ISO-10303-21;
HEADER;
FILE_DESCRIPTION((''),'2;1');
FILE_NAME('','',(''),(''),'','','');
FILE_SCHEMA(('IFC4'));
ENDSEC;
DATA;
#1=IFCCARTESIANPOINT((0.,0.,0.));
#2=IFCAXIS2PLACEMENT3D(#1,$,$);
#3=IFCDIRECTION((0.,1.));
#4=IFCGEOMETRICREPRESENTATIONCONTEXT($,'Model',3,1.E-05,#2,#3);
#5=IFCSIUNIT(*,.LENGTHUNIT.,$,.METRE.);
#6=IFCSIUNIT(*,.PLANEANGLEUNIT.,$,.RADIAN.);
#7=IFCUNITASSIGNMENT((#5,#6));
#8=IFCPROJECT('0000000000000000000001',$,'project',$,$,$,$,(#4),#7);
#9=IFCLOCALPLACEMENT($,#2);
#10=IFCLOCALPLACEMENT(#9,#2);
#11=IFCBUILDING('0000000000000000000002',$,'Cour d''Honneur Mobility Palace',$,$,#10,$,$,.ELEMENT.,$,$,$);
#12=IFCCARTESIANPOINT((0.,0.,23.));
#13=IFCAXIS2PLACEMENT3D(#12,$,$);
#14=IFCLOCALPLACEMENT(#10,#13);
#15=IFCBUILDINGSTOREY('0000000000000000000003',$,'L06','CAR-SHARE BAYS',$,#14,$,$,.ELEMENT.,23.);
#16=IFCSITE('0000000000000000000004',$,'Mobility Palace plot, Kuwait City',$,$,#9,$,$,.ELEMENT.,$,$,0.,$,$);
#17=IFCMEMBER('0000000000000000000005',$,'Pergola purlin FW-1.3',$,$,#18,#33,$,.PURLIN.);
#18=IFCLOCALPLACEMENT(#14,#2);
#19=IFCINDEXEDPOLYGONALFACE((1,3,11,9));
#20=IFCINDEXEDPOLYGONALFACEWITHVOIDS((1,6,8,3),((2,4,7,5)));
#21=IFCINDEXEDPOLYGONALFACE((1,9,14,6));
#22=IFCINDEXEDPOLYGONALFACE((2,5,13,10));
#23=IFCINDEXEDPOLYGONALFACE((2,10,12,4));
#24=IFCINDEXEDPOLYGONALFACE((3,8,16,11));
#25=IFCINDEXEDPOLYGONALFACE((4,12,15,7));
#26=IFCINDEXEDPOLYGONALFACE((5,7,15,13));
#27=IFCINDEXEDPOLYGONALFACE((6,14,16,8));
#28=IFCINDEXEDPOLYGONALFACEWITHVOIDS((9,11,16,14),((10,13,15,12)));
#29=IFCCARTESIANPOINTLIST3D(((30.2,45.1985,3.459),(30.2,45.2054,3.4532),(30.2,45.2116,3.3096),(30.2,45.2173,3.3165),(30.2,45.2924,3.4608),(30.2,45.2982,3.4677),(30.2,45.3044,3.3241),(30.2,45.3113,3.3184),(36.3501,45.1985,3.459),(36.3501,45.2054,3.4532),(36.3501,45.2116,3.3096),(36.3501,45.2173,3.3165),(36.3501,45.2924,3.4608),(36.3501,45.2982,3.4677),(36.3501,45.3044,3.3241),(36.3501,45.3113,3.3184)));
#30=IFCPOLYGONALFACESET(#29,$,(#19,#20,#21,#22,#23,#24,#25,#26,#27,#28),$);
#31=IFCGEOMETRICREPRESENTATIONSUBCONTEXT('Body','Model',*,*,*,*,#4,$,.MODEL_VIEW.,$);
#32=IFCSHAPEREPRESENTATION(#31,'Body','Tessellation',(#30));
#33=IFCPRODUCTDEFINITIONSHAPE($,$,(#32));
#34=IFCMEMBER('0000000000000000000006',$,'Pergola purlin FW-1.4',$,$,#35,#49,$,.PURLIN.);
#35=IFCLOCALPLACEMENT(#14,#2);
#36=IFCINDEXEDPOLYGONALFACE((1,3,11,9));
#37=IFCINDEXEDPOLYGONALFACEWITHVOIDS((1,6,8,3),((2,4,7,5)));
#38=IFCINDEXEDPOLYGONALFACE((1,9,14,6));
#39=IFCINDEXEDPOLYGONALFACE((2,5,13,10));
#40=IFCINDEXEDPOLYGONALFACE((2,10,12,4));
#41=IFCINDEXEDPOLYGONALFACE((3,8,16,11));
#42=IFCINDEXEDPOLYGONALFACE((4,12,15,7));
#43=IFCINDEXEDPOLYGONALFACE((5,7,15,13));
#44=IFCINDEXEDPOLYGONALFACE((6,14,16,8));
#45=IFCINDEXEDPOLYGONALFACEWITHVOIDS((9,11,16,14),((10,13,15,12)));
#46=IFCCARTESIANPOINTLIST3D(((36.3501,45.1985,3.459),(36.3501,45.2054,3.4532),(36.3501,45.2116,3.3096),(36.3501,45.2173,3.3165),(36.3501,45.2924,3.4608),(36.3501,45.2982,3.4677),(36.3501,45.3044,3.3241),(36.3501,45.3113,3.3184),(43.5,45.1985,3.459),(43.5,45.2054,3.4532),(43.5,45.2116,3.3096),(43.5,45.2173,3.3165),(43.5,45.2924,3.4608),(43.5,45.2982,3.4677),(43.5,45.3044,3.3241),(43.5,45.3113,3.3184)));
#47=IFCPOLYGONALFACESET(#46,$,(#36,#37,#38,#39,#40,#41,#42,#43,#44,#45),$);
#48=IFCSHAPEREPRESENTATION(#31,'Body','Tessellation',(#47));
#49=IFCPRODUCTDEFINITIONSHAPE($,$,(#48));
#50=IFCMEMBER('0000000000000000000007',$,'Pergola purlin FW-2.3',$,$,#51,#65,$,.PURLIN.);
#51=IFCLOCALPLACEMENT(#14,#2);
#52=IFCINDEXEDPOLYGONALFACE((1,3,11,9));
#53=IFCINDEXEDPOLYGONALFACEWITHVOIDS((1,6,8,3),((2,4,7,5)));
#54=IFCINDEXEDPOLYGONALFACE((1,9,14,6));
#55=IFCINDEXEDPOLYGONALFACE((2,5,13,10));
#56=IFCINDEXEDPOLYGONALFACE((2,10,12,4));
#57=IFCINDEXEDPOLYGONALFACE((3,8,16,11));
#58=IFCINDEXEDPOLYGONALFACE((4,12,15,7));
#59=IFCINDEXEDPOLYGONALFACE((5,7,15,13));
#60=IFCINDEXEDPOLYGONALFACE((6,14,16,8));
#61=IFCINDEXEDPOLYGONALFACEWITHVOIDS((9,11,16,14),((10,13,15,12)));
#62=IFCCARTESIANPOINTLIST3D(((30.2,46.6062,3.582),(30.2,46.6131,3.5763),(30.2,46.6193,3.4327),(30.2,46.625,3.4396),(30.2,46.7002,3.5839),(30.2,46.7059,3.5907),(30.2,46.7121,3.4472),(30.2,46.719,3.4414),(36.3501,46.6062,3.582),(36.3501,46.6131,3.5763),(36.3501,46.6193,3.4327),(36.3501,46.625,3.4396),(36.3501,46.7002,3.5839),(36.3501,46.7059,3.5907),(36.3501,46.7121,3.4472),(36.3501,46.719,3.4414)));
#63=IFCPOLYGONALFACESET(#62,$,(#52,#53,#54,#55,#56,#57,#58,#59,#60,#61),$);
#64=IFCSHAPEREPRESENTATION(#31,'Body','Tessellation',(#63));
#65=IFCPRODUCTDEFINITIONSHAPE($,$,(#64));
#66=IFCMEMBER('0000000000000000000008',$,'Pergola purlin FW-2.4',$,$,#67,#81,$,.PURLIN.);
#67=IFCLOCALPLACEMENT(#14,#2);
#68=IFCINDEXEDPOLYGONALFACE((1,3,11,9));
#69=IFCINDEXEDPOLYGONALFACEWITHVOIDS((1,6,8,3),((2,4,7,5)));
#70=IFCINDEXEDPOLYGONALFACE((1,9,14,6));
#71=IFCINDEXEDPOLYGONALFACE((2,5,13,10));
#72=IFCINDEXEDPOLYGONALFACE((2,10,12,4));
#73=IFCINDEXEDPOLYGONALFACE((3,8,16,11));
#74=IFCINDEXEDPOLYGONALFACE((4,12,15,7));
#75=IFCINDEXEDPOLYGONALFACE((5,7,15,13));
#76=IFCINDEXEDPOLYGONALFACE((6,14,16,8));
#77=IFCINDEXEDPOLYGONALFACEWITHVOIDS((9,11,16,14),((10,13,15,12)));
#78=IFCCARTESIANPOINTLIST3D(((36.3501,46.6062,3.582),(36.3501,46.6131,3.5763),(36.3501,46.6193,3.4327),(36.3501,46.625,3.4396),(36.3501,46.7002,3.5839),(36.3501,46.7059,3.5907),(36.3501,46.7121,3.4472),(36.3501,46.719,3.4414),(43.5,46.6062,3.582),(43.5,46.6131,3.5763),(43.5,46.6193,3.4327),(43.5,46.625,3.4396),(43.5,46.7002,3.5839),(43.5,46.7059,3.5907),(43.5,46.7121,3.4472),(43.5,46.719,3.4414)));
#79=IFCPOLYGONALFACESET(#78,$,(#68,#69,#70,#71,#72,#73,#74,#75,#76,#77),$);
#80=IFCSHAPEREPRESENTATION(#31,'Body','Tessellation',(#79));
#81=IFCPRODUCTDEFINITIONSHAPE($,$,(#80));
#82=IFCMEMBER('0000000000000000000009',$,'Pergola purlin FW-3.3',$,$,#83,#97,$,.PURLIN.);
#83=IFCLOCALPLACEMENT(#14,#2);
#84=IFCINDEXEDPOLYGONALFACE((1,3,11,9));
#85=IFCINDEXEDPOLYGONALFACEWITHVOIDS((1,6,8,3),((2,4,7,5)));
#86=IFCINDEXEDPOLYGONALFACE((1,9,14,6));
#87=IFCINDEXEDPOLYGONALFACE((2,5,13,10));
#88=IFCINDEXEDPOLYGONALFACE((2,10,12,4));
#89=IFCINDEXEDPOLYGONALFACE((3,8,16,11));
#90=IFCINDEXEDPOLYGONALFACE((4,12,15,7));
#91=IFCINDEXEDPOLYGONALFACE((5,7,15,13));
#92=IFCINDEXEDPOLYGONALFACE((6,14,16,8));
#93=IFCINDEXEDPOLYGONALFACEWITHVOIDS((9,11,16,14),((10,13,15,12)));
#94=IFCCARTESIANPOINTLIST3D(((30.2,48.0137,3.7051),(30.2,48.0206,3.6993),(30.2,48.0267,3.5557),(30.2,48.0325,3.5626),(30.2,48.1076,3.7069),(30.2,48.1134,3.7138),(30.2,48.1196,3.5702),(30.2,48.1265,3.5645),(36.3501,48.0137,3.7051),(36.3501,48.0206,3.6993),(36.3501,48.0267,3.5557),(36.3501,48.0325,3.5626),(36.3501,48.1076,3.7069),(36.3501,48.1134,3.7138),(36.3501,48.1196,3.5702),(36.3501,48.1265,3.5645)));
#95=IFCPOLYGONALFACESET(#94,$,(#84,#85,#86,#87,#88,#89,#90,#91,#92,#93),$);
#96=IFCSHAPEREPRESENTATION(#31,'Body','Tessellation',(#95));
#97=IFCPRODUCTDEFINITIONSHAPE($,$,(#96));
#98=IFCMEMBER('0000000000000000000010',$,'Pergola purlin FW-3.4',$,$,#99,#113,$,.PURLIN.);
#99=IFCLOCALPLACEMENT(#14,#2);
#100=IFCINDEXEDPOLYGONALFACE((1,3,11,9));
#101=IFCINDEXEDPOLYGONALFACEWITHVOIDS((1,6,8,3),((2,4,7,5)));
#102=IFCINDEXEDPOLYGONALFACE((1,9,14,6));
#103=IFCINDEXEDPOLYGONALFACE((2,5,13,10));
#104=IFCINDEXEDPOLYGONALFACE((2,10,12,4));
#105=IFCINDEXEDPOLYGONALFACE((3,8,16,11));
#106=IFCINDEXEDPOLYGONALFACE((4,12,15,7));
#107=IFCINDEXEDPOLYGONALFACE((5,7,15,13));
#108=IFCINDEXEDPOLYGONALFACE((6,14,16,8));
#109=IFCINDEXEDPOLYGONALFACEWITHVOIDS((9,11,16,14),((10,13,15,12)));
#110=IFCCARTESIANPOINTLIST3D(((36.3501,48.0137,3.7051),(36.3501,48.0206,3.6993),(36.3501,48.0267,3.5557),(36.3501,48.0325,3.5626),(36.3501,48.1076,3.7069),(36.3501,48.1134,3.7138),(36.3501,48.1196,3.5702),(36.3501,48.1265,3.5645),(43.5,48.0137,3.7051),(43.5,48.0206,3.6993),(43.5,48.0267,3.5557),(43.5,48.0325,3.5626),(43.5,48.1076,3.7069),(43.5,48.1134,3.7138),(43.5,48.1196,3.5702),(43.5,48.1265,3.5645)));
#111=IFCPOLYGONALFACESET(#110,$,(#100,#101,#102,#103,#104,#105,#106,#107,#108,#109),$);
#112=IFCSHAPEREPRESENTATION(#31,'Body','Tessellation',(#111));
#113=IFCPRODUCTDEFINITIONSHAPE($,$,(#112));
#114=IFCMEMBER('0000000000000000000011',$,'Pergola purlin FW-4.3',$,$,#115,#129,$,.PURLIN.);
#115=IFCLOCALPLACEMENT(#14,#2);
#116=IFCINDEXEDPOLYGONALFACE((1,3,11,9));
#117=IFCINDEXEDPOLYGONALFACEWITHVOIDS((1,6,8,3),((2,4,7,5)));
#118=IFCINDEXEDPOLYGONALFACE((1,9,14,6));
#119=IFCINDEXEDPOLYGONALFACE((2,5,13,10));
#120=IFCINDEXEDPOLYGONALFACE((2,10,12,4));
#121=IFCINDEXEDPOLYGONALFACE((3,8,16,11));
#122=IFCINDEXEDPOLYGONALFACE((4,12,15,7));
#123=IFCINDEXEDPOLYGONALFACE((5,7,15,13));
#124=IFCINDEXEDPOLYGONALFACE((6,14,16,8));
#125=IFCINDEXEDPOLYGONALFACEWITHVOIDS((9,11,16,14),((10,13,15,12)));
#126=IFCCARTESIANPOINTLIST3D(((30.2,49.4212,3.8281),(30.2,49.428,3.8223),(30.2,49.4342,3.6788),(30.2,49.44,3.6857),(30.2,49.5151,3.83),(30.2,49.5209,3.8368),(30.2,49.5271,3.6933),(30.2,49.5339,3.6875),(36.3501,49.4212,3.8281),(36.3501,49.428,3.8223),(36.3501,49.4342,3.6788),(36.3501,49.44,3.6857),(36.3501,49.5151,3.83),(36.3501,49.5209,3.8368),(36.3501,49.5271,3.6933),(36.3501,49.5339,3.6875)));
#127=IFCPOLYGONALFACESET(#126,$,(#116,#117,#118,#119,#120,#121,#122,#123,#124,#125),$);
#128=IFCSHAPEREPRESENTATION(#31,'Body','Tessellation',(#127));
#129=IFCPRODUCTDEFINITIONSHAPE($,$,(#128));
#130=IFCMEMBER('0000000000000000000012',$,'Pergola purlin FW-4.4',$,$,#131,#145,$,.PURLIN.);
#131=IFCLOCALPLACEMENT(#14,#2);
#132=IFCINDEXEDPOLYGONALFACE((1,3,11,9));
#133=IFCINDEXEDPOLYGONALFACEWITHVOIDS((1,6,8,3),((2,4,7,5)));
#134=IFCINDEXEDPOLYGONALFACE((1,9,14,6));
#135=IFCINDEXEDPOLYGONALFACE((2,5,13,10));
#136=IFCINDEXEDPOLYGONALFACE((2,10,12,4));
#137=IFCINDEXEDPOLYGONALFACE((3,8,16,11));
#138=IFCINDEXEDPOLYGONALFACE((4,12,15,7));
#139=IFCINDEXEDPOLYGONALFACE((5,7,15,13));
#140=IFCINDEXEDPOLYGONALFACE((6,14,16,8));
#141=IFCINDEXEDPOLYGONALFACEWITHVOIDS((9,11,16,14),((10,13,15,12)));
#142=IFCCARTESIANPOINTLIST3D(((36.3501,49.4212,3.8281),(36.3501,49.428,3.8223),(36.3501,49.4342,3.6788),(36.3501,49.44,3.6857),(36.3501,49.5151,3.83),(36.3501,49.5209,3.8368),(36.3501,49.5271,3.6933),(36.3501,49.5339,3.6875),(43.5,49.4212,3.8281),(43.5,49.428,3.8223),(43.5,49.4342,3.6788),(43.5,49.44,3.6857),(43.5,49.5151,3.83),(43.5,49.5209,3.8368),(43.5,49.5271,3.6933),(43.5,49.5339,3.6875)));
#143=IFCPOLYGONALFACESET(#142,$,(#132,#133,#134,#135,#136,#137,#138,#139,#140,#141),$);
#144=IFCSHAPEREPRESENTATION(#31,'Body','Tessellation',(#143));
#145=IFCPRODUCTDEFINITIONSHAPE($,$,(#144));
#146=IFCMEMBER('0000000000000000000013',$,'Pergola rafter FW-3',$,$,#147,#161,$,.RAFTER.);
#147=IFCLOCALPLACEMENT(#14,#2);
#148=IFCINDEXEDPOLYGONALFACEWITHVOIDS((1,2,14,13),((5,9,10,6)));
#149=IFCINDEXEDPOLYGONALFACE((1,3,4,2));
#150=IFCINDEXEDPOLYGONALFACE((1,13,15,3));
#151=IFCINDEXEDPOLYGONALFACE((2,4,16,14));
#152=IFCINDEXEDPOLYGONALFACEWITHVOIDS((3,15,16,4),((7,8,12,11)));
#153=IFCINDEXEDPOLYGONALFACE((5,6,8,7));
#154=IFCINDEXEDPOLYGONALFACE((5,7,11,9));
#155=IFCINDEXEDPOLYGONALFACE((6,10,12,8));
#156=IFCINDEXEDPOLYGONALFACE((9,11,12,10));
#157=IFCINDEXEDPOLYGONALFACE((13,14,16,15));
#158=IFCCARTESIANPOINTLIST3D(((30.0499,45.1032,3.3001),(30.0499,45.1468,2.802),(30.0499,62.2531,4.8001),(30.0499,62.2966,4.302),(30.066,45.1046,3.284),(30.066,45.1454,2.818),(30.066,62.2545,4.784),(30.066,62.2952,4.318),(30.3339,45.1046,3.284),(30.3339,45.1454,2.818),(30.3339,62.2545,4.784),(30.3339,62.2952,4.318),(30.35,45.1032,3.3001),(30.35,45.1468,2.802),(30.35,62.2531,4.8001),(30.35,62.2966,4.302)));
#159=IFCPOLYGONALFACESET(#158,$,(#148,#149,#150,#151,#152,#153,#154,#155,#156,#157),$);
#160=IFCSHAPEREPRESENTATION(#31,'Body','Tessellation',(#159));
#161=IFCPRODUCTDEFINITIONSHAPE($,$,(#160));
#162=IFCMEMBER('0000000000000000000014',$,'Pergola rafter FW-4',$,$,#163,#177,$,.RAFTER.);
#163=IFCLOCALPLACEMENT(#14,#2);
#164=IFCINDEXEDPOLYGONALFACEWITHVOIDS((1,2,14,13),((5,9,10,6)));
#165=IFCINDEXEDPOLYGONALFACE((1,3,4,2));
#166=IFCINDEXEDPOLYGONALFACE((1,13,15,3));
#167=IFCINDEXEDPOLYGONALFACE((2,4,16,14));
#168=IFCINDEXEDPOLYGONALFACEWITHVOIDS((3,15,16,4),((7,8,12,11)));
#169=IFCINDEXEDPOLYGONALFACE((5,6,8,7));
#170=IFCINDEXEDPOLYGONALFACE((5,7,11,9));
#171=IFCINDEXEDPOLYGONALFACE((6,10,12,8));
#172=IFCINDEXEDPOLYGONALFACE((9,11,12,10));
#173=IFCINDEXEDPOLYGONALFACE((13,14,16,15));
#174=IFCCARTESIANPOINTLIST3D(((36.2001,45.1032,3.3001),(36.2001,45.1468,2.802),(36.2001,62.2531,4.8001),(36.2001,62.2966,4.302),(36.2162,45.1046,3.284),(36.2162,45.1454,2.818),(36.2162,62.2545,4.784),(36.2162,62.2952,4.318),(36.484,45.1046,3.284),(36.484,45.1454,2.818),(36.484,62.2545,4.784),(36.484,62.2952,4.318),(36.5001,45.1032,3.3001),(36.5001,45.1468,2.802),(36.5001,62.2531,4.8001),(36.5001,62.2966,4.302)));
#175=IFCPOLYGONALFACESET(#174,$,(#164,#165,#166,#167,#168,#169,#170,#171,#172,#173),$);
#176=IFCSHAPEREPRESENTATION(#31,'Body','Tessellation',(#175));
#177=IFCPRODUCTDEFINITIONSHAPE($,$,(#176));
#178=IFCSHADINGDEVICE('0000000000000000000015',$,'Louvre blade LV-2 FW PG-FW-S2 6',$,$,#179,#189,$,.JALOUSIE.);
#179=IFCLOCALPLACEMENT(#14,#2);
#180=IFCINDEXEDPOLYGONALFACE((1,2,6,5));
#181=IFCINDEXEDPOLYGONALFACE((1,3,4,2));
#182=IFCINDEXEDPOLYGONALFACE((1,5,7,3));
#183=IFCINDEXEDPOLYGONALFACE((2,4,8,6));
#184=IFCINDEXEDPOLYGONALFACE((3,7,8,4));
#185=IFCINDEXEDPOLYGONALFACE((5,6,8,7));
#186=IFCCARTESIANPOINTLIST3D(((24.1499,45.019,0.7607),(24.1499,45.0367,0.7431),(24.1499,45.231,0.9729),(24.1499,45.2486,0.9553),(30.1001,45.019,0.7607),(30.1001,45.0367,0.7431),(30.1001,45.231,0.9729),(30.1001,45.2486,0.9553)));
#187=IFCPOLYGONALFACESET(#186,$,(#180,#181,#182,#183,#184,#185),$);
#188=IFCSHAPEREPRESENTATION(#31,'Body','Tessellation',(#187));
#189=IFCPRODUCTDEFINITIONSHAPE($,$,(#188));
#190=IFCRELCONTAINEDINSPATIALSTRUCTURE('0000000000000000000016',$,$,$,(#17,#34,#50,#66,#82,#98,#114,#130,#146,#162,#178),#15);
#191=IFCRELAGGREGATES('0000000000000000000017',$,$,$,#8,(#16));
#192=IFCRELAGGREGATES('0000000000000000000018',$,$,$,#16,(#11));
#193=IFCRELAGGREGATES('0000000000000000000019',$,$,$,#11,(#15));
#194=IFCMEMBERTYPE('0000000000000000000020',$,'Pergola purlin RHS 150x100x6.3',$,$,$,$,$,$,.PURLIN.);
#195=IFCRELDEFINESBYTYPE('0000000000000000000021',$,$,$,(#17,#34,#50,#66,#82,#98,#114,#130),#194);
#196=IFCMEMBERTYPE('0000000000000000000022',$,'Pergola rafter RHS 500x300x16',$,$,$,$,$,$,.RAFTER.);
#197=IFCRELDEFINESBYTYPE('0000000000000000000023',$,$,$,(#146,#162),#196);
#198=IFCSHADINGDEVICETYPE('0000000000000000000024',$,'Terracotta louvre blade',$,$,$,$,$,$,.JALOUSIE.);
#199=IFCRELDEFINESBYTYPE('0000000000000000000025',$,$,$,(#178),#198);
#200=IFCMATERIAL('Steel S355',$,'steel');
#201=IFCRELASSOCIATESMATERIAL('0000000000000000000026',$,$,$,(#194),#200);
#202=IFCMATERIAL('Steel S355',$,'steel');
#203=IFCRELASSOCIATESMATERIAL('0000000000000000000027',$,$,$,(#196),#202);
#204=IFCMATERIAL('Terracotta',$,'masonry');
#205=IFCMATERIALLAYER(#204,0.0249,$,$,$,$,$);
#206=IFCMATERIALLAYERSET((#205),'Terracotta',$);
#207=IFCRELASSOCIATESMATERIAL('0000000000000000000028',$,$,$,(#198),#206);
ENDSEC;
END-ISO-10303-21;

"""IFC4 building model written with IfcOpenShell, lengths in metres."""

from ifc_helpers import new_model, si_unit, direction, frame, origin, origin_2d, place, context, subcontext, project, spatial, polyline, hollow_rectangle, outline, extrude, material, layer, layer_set, material_profile, profile_set, type_object, element, save


model = new_model("IFC4")

# Units and contexts
model_context = context("Model", 3, precision=1e-05, world=origin(), true_north=direction((0.0, 1.0)))
body_context = subcontext(model_context, "Body", "Model", "MODEL_VIEW")
ifc_project = project(units=[si_unit("LENGTHUNIT", "METRE"), si_unit("PLANEANGLEUNIT", "RADIAN")], contexts=[model_context])

# Site, building, storey
site_placement = place(None, origin())
site = spatial("IfcSite", under=ifc_project, at=site_placement, Name="Mobility Palace plot, Kuwait City", CompositionType="ELEMENT", RefElevation=0.0)
building_placement = place(site_placement, origin())
building = spatial("IfcBuilding", under=site, at=building_placement, Name="Cour d'Honneur Mobility Palace", CompositionType="ELEMENT")
storey_placement = place(building_placement, frame((0.0, 0.0, 23.0)))
storey = spatial("IfcBuildingStorey", under=building, at=storey_placement, Name="L06", Description="CAR-SHARE BAYS", CompositionType="ELEMENT", Elevation=23.0)

# Members
ifc_material_1 = material(Name="Steel S355", Category="steel")
ifc_material_profile_1 = material_profile(ifc_material_1, hollow_rectangle(XDim=0.1001, YDim=0.1499, WallThickness=0.0063, at=origin_2d()), Name="RHS 150x100x6.3")
ifc_profile_set_1 = profile_set([ifc_material_profile_1], Name="Steel S355")
member_type_1 = type_object("IfcMemberType", Name="Pergola purlin RHS 150x100x6.3", PredefinedType="PURLIN", material=ifc_profile_set_1)
member_1_placement = place(storey_placement, frame((30.2, 45.2549, 3.3887), z_axis=(1.0, 0.0, 0.0), x_axis=(0.0, 0.996197, 0.087131)))
element("IfcMember", 1, at=member_1_placement, inside=storey, type_object=member_type_1, Name="Pergola purlin FW-1.3", PredefinedType="PURLIN", context=body_context, shape_type="SweptSolid", body=[
    extrude(hollow_rectangle(XDim=0.1001, YDim=0.1499, WallThickness=0.0063, at=origin_2d()), origin(), (0.0, 0.0, 1.0), 6.1501),
])
member_2_placement = place(storey_placement, frame((36.3501, 45.2549, 3.3887), z_axis=(1.0, 0.0, 0.0), x_axis=(0.0, 0.996197, 0.087131)))
element("IfcMember", 2, at=member_2_placement, inside=storey, type_object=member_type_1, Name="Pergola purlin FW-1.4", PredefinedType="PURLIN", context=body_context, shape_type="SweptSolid", body=[
    extrude(hollow_rectangle(XDim=0.1001, YDim=0.1499, WallThickness=0.0063, at=origin_2d()), origin(), (0.0, 0.0, 1.0), 7.1499),
])
member_3_placement = place(storey_placement, frame((30.2, 46.6626, 3.5117), z_axis=(1.0, 0.0, 0.0), x_axis=(0.0, 0.996197, 0.087131)))
element("IfcMember", 3, at=member_3_placement, inside=storey, type_object=member_type_1, Name="Pergola purlin FW-2.3", PredefinedType="PURLIN", context=body_context, shape_type="SweptSolid", body=[
    extrude(hollow_rectangle(XDim=0.1001, YDim=0.1499, WallThickness=0.0063, at=origin_2d()), origin(), (0.0, 0.0, 1.0), 6.1501),
])
member_4_placement = place(storey_placement, frame((36.3501, 46.6626, 3.5117), z_axis=(1.0, 0.0, 0.0), x_axis=(0.0, 0.996197, 0.087131)))
element("IfcMember", 4, at=member_4_placement, inside=storey, type_object=member_type_1, Name="Pergola purlin FW-2.4", PredefinedType="PURLIN", context=body_context, shape_type="SweptSolid", body=[
    extrude(hollow_rectangle(XDim=0.1001, YDim=0.1499, WallThickness=0.0063, at=origin_2d()), origin(), (0.0, 0.0, 1.0), 7.1499),
])
member_5_placement = place(storey_placement, frame((30.2, 48.0701, 3.6348), z_axis=(1.0, 0.0, 0.0), x_axis=(0.0, 0.996197, 0.087131)))
element("IfcMember", 5, at=member_5_placement, inside=storey, type_object=member_type_1, Name="Pergola purlin FW-3.3", PredefinedType="PURLIN", context=body_context, shape_type="SweptSolid", body=[
    extrude(hollow_rectangle(XDim=0.1001, YDim=0.1499, WallThickness=0.0063, at=origin_2d()), origin(), (0.0, 0.0, 1.0), 6.1501),
])
member_6_placement = place(storey_placement, frame((36.3501, 48.0701, 3.6348), z_axis=(1.0, 0.0, 0.0), x_axis=(0.0, 0.996197, 0.087131)))
element("IfcMember", 6, at=member_6_placement, inside=storey, type_object=member_type_1, Name="Pergola purlin FW-3.4", PredefinedType="PURLIN", context=body_context, shape_type="SweptSolid", body=[
    extrude(hollow_rectangle(XDim=0.1001, YDim=0.1499, WallThickness=0.0063, at=origin_2d()), origin(), (0.0, 0.0, 1.0), 7.1499),
])
member_7_placement = place(storey_placement, frame((30.2, 49.4775, 3.7578), z_axis=(1.0, 0.0, 0.0), x_axis=(0.0, 0.996197, 0.087131)))
element("IfcMember", 7, at=member_7_placement, inside=storey, type_object=member_type_1, Name="Pergola purlin FW-4.3", PredefinedType="PURLIN", context=body_context, shape_type="SweptSolid", body=[
    extrude(hollow_rectangle(XDim=0.1001, YDim=0.1499, WallThickness=0.0063, at=origin_2d()), origin(), (0.0, 0.0, 1.0), 6.1501),
])
member_8_placement = place(storey_placement, frame((36.3501, 49.4775, 3.7578), z_axis=(1.0, 0.0, 0.0), x_axis=(0.0, 0.996197, 0.087131)))
element("IfcMember", 8, at=member_8_placement, inside=storey, type_object=member_type_1, Name="Pergola purlin FW-4.4", PredefinedType="PURLIN", context=body_context, shape_type="SweptSolid", body=[
    extrude(hollow_rectangle(XDim=0.1001, YDim=0.1499, WallThickness=0.0063, at=origin_2d()), origin(), (0.0, 0.0, 1.0), 7.1499),
])
ifc_material_2 = material(Name="Steel S355", Category="steel")
ifc_material_profile_2 = material_profile(ifc_material_2, hollow_rectangle(XDim=0.3, YDim=0.5, WallThickness=0.0161, at=origin_2d()), Name="RHS 500x300x16")
ifc_profile_set_2 = profile_set([ifc_material_profile_2], Name="Steel S355")
member_type_2 = type_object("IfcMemberType", Name="Pergola rafter RHS 500x300x16", PredefinedType="RAFTER", material=ifc_profile_set_2)
for number, where, z_axis, x_axis, name in (
    (9, (30.2, 45.125, 3.051), (0.0, 0.996197, 0.087131), (-1.0, 0.0, 0.0), "Pergola rafter FW-3"),
    (10, (36.3501, 45.125, 3.051), (0.0, 0.996197, 0.087131), (-1.0, 0.0, 0.0), "Pergola rafter FW-4"),
):
    element("IfcMember", number, at=place(storey_placement, frame(where, z_axis=z_axis, x_axis=x_axis)), inside=storey, type_object=member_type_2, Name=name, PredefinedType="RAFTER", context=body_context, shape_type="SweptSolid", body=[
        extrude(hollow_rectangle(XDim=0.3, YDim=0.5, WallThickness=0.0161, at=origin_2d()), origin(), (0.0, 0.0, 1.0), 17.2153),
    ])

# Shading device
ifc_material_3 = material(Name="Terracotta", Category="masonry")
ifc_layer = layer(ifc_material_3, 0.0249)
ifc_layer_set = layer_set([ifc_layer], Name="Terracotta")
shading_device_type = type_object("IfcShadingDeviceType", Name="Terracotta louvre blade", PredefinedType="JALOUSIE", material=ifc_layer_set)
shading_device_1_placement = place(storey_placement, frame((24.1499, 45.019, 0.7607), z_axis=(0.0, -0.707514, 0.7067), x_axis=(1.0, 0.0, 0.0)))
element("IfcShadingDevice", 11, at=shading_device_1_placement, inside=storey, type_object=shading_device_type, Name="Louvre blade LV-2 FW PG-FW-S2 6", PredefinedType="JALOUSIE", context=body_context, shape_type="SweptSolid", body=[
    extrude(outline(polyline([(0.0, 0.0), (5.9502, 0.0), (5.9502, 0.2999), (0.0, 0.2999), (0.0, 0.0)])), origin(), (0.0, 0.0, -1.0), 0.0249),
])

save(model, "model.ifc")
